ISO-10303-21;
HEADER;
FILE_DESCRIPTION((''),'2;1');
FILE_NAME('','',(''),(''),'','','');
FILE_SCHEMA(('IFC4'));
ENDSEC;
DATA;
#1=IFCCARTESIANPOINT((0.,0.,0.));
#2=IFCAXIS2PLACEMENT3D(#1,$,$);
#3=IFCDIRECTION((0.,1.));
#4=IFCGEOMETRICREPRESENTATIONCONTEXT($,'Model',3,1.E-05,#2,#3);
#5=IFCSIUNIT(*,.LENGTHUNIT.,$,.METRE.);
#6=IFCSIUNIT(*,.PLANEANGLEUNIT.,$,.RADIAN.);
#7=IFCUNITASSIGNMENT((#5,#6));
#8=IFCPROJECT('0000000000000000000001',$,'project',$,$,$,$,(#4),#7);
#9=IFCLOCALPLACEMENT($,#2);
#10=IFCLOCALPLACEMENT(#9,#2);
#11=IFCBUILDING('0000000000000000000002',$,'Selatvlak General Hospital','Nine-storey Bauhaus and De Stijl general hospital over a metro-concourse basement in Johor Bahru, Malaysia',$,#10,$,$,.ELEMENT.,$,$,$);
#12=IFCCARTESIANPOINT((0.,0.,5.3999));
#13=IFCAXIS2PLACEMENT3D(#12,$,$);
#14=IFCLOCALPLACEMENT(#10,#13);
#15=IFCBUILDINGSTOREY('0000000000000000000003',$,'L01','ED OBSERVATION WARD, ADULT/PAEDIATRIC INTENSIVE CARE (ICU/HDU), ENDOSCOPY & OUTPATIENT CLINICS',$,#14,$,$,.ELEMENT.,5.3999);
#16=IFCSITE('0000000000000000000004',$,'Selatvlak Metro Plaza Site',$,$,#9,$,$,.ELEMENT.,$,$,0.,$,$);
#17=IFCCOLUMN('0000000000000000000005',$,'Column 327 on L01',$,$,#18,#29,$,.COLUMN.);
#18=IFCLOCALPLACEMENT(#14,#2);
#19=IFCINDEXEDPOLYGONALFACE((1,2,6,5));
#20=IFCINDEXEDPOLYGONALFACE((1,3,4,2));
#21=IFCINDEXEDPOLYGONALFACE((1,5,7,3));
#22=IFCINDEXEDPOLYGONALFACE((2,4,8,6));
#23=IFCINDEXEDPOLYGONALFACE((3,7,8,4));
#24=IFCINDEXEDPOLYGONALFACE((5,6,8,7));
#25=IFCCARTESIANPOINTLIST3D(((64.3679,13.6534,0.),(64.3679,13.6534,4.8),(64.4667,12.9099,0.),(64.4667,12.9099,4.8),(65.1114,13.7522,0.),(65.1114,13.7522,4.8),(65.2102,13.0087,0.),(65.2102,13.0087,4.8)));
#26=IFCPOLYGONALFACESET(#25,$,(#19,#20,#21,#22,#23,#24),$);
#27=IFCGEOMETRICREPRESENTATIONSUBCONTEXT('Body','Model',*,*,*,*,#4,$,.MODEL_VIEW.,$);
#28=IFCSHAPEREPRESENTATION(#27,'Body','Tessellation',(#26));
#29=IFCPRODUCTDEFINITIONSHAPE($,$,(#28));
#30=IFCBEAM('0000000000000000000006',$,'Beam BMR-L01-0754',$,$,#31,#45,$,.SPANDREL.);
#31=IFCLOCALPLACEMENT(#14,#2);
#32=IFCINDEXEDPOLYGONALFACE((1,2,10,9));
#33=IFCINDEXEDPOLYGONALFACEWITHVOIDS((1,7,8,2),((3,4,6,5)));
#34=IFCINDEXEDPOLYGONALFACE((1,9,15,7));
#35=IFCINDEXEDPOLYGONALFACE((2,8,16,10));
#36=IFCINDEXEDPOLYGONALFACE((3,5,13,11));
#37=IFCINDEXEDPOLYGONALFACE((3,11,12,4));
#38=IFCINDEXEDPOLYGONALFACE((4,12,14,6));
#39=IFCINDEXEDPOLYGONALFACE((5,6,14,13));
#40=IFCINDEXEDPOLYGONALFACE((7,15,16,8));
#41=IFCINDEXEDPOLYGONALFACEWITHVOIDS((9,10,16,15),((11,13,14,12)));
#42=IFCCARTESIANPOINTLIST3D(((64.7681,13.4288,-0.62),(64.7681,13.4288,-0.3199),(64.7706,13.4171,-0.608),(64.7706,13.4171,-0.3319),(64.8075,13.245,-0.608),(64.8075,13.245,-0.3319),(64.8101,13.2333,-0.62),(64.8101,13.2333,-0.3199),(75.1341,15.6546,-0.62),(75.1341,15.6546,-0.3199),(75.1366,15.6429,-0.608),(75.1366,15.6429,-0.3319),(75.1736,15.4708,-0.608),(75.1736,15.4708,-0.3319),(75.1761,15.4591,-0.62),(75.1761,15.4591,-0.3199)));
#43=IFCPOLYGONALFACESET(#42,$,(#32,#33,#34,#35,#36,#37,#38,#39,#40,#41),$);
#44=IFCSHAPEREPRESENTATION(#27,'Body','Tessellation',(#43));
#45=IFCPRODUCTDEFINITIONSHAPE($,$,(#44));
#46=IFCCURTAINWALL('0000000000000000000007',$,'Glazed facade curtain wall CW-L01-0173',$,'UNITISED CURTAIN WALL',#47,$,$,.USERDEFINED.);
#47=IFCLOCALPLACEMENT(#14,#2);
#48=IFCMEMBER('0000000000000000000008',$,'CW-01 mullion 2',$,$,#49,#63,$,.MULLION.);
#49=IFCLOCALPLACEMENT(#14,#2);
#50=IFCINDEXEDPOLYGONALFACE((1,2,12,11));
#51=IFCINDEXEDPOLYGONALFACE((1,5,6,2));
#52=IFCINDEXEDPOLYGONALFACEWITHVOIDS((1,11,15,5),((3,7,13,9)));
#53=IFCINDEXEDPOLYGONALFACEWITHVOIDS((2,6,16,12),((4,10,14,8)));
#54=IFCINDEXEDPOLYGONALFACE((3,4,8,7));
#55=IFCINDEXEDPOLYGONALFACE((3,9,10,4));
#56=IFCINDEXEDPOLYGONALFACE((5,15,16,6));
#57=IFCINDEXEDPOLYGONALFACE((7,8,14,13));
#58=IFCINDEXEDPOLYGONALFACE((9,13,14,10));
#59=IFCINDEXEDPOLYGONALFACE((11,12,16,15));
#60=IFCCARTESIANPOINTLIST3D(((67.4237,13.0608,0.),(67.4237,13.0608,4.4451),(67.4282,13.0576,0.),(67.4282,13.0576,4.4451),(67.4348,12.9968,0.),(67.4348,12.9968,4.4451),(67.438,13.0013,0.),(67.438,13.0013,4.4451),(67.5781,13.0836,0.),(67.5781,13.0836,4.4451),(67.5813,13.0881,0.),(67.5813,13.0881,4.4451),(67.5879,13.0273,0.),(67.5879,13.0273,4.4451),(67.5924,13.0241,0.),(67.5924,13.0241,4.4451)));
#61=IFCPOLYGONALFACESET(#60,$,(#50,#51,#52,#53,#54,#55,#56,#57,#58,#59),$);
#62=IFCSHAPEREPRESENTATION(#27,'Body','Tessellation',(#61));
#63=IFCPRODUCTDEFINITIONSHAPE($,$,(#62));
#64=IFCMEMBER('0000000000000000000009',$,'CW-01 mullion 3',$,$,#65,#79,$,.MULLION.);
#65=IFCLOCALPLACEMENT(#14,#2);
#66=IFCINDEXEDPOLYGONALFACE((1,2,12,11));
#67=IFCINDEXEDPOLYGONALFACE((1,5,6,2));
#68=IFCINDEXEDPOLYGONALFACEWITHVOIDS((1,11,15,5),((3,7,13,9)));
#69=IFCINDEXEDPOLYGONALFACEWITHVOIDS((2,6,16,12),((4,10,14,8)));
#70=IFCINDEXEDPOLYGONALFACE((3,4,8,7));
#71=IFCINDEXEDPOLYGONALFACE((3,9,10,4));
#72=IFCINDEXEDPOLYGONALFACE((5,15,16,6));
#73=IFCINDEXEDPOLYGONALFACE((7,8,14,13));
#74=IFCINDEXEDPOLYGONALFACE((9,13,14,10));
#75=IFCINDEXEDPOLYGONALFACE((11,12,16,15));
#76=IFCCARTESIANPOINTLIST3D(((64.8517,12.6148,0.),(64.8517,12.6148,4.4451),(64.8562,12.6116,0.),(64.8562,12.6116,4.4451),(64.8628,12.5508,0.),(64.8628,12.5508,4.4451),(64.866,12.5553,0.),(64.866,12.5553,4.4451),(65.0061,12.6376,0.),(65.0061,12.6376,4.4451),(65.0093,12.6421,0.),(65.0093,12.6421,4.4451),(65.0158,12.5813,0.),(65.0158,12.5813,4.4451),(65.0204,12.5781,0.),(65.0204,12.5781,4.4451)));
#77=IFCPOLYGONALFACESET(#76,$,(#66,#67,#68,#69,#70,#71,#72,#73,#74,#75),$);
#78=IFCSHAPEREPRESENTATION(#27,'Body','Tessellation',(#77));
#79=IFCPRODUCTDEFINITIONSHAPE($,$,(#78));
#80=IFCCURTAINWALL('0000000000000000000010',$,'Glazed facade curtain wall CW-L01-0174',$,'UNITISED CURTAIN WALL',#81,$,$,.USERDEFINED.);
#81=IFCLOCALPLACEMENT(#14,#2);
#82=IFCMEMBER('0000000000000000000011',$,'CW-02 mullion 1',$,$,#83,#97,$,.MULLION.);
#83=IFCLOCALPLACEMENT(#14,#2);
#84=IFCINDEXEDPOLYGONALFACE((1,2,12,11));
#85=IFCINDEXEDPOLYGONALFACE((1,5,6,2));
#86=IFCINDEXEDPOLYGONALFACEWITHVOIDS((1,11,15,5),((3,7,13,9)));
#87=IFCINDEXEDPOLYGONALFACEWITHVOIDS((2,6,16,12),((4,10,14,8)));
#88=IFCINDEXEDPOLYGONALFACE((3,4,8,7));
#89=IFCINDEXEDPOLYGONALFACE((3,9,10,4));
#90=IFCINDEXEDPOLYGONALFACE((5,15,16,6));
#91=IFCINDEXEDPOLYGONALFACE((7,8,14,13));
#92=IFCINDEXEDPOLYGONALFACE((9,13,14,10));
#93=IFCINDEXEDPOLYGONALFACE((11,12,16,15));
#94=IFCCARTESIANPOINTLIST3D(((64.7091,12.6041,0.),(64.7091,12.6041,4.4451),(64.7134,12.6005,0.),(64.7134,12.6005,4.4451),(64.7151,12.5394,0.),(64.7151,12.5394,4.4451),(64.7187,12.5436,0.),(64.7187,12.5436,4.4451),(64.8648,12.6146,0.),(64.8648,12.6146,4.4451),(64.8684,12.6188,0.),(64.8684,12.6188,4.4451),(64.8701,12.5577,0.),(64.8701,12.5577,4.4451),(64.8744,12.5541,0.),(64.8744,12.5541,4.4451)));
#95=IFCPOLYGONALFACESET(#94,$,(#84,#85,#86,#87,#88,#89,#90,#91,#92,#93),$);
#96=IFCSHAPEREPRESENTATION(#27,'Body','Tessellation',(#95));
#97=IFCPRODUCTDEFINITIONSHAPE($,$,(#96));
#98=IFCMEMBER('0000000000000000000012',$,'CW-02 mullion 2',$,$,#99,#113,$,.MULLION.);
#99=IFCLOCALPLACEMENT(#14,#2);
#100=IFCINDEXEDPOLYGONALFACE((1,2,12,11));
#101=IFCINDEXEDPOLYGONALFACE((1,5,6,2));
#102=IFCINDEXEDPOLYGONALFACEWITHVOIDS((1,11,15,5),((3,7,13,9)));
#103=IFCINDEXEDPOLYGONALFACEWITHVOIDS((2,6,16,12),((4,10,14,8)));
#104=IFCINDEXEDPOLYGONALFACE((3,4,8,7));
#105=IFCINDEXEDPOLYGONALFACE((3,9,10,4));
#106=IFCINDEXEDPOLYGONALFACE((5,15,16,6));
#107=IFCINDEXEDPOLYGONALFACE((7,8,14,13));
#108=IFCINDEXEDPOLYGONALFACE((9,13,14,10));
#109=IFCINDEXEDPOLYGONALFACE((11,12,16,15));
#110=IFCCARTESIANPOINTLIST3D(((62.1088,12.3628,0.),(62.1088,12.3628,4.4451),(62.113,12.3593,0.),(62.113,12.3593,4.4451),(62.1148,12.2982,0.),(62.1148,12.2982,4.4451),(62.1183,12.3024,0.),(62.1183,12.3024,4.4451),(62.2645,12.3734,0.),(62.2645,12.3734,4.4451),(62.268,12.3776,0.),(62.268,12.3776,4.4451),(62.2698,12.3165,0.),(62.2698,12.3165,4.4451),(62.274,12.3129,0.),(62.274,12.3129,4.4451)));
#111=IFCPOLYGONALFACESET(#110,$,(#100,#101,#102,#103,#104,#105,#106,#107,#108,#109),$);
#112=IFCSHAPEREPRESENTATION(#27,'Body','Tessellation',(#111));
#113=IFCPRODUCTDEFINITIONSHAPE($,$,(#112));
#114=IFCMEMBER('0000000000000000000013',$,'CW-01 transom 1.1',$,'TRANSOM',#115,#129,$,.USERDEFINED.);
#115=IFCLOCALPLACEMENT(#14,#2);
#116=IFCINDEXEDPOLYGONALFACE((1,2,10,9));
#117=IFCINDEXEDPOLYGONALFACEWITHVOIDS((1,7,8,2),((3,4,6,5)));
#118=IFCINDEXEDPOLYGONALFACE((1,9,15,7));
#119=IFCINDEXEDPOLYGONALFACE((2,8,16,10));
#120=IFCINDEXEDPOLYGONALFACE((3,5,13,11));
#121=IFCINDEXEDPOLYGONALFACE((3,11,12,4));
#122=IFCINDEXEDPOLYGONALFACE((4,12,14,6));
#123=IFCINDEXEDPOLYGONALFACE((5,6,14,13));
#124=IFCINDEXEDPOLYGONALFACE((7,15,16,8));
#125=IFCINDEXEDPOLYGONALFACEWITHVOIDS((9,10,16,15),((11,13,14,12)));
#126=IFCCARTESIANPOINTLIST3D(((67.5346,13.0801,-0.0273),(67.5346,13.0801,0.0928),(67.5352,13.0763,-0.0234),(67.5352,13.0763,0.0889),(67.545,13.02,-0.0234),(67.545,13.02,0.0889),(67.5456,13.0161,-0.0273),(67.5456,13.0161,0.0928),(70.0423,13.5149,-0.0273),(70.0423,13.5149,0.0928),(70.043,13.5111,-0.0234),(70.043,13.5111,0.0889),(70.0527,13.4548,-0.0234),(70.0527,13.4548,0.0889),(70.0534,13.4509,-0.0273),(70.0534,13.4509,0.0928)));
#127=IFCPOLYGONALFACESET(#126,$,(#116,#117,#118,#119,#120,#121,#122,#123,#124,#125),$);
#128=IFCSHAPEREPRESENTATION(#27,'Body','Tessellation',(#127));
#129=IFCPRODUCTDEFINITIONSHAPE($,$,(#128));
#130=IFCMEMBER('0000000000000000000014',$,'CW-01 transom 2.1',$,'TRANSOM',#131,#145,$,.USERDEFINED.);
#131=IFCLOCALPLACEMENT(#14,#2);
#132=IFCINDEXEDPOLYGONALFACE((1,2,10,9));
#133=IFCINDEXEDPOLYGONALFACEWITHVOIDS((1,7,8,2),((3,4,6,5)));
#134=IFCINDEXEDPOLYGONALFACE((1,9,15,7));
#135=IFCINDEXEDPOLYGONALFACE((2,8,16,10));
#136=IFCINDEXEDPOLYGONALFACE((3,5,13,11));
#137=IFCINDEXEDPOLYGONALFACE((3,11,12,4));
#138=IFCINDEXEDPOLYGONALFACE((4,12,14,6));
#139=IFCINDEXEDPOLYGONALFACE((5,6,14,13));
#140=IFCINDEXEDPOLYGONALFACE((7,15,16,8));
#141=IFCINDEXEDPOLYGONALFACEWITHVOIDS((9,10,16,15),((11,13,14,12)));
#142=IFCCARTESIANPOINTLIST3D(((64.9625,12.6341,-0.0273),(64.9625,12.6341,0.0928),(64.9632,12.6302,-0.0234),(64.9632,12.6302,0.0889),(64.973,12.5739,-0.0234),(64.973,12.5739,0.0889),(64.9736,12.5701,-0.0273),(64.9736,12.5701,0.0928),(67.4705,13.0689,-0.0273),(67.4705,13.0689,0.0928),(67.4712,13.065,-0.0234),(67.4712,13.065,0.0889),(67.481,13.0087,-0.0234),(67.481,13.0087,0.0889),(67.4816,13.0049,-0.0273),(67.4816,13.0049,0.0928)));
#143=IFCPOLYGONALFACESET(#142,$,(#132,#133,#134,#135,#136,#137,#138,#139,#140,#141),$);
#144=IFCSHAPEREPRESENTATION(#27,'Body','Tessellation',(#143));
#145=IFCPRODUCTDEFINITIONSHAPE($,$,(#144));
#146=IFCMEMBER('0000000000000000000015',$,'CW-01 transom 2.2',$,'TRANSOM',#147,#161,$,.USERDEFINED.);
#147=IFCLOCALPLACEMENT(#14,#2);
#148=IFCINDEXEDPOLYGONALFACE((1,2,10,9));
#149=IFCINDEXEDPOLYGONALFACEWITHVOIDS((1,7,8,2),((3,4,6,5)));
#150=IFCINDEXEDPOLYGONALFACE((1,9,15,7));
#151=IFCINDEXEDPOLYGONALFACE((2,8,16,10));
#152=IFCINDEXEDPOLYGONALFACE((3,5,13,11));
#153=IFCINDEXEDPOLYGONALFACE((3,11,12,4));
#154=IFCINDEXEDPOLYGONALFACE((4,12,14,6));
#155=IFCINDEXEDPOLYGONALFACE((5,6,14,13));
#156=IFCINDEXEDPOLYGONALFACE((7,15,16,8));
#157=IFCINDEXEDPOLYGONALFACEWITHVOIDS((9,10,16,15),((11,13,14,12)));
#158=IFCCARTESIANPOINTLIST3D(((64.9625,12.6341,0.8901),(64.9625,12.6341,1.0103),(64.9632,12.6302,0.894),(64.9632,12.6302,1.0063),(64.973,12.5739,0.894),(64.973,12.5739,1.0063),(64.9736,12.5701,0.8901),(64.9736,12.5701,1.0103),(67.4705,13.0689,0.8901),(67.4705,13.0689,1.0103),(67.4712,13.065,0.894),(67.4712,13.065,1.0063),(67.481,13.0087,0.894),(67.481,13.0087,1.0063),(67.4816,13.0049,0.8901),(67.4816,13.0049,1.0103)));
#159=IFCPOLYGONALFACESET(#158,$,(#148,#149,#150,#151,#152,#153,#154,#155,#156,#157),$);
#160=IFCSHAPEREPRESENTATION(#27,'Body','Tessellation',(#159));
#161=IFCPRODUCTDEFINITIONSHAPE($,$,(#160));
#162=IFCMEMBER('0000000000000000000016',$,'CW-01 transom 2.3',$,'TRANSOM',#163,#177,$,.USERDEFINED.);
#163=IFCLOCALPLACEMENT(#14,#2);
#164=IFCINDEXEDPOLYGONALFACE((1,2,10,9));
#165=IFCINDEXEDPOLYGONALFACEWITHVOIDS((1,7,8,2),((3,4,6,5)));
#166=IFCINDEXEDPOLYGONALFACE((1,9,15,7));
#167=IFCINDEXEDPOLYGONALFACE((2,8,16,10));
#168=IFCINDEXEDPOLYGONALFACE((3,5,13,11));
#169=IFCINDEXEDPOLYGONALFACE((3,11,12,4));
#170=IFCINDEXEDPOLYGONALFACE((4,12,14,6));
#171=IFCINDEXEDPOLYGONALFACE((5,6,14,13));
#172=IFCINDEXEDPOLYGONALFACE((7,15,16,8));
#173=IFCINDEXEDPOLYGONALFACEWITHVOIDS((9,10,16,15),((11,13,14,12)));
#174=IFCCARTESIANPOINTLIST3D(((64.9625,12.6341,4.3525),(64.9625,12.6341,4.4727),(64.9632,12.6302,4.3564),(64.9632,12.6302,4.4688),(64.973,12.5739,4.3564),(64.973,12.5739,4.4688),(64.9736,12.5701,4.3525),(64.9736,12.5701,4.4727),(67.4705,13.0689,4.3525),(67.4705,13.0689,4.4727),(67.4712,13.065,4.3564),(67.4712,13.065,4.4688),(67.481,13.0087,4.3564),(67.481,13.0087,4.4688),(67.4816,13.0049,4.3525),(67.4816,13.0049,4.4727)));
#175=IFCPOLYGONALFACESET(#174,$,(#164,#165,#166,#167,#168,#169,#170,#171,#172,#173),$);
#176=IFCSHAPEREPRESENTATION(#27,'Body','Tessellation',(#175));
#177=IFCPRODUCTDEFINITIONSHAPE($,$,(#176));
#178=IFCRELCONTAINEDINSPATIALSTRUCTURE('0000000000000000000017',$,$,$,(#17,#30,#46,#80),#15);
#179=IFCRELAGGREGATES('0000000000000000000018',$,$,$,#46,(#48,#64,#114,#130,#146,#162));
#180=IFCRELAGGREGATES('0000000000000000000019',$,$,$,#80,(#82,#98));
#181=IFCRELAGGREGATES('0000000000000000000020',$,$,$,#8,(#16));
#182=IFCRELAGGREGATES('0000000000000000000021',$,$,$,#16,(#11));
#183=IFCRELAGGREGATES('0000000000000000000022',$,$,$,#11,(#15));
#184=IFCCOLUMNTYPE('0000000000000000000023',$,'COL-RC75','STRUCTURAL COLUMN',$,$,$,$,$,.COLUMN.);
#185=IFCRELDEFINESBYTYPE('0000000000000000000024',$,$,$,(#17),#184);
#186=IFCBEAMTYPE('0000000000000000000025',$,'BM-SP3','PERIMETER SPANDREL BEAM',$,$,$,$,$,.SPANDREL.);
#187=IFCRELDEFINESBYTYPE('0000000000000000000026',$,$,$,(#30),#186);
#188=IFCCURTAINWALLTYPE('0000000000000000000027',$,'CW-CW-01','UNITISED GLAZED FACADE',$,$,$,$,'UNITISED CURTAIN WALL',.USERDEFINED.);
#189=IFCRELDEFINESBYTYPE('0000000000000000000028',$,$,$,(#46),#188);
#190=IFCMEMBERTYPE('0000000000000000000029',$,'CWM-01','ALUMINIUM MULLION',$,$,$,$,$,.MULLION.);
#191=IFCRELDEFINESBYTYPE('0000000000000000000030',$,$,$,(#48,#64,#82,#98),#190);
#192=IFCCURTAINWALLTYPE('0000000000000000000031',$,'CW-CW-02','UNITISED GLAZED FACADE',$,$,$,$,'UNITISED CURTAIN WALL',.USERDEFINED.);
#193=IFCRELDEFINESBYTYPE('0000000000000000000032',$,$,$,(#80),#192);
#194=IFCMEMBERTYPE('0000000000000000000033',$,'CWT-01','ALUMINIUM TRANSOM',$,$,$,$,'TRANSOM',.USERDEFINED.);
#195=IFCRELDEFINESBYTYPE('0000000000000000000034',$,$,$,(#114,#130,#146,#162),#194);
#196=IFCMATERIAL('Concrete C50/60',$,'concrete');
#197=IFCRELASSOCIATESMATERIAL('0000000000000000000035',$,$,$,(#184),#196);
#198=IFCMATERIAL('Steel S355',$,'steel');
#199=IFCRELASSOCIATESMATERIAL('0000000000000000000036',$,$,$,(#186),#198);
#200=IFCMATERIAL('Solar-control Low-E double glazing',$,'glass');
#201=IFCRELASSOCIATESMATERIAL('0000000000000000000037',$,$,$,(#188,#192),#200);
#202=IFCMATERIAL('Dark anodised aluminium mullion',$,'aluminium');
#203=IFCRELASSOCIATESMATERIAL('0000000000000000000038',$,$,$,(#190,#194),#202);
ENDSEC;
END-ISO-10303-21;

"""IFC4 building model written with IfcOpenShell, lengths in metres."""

from ifc_helpers import new_model, si_unit, direction, frame, origin, origin_2d, place, context, subcontext, project, spatial, rectangle, hollow_rectangle, extrude, material, material_profile, profile_set, type_object, element, aggregate, save


model = new_model("IFC4")

# Units and contexts
model_context = context("Model", 3, precision=1e-05, world=origin(), true_north=direction((0.0, 1.0)))
body_context = subcontext(model_context, "Body", "Model", "MODEL_VIEW")
ifc_project = project(units=[si_unit("LENGTHUNIT", "METRE"), si_unit("PLANEANGLEUNIT", "RADIAN")], contexts=[model_context])

# Site, building, storey
site_placement = place(None, origin())
site = spatial("IfcSite", under=ifc_project, at=site_placement, Name="Selatvlak Metro Plaza Site", CompositionType="ELEMENT", RefElevation=0.0)
building_placement = place(site_placement, origin())
building = spatial("IfcBuilding", under=site, at=building_placement, Name="Selatvlak General Hospital", Description="Nine-storey Bauhaus and De Stijl general hospital over a metro-concourse basement in Johor Bahru, Malaysia", CompositionType="ELEMENT")
storey_placement = place(building_placement, frame((0.0, 0.0, 5.3999)))
storey = spatial("IfcBuildingStorey", under=building, at=storey_placement, Name="L01", Description="ED OBSERVATION WARD, ADULT/PAEDIATRIC INTENSIVE CARE (ICU/HDU), ENDOSCOPY & OUTPATIENT CLINICS", CompositionType="ELEMENT", Elevation=5.3999)

# Column
ifc_material_1 = material(Name="Concrete C50/60", Category="concrete")
ifc_material_profile_1 = material_profile(ifc_material_1, rectangle(XDim=0.75, YDim=0.75, at=origin_2d()), Name="RC-COL 750x750")
ifc_profile_set_1 = profile_set([ifc_material_profile_1], Name="Concrete C50/60")
column_type = type_object("IfcColumnType", Name="COL-RC75", Description="STRUCTURAL COLUMN", PredefinedType="COLUMN", material=ifc_profile_set_1)
column_placement = place(storey_placement, frame((64.7891, 13.3311, 0.0), z_axis=(0.0, 0.0, 1.0), x_axis=(-0.131737, 0.991285, 0.0)))
element("IfcColumn", 1, at=column_placement, inside=storey, type_object=column_type, Name="Column 327 on L01", PredefinedType="COLUMN", context=body_context, shape_type="SweptSolid", body=[
    extrude(rectangle(XDim=0.75, YDim=0.75, at=origin_2d()), origin(), (0.0, 0.0, 1.0), 4.8),
])

# Beam
ifc_material_2 = material(Name="Steel S355", Category="steel")
ifc_material_profile_2 = material_profile(ifc_material_2, hollow_rectangle(XDim=0.2, YDim=0.3, WallThickness=0.012, at=origin_2d()), Name="RHS 300x200x12")
ifc_profile_set_2 = profile_set([ifc_material_profile_2], Name="Steel S355")
beam_type = type_object("IfcBeamType", Name="BM-SP3", Description="PERIMETER SPANDREL BEAM", PredefinedType="SPANDREL", material=ifc_profile_set_2)
beam_placement = place(storey_placement, frame((64.7891, 13.3311, -0.47), z_axis=(0.977714, 0.20994, 0.0), x_axis=(-0.20994, 0.977714, 0.0)))
element("IfcBeam", 2, at=beam_placement, inside=storey, type_object=beam_type, Name="Beam BMR-L01-0754", PredefinedType="SPANDREL", context=body_context, shape_type="SweptSolid", body=[
    extrude(hollow_rectangle(XDim=0.2, YDim=0.3, WallThickness=0.012, at=origin_2d()), origin(), (0.0, 0.0, 1.0), 10.6023),
])

# Curtain walls, members
ifc_material_3 = material(Name="Solar-control Low-E double glazing", Category="glass")
curtain_wall_type_1 = type_object("IfcCurtainWallType", Name="CW-CW-01", Description="UNITISED GLAZED FACADE", ElementType="UNITISED CURTAIN WALL", PredefinedType="USERDEFINED", material=ifc_material_3)
curtain_wall_1_placement = place(storey_placement, origin())
curtain_wall_1 = element("IfcCurtainWall", 3, at=curtain_wall_1_placement, inside=storey, type_object=curtain_wall_type_1, Name="Glazed facade curtain wall CW-L01-0173", ObjectType="UNITISED CURTAIN WALL", PredefinedType="USERDEFINED")
ifc_material_4 = material(Name="Dark anodised aluminium mullion", Category="aluminium")
ifc_material_profile_3 = material_profile(ifc_material_4, hollow_rectangle(XDim=0.0649, YDim=0.1599, WallThickness=0.0039, at=origin_2d()), Name="AL-MUL 65x160x4")
ifc_profile_set_3 = profile_set([ifc_material_profile_3], Name="Dark anodised aluminium mullion")
member_type_1 = type_object("IfcMemberType", Name="CWM-01", Description="ALUMINIUM MULLION", PredefinedType="MULLION", material=ifc_profile_set_3)
member_1_placement = place(storey_placement, frame((67.5081, 13.0425, 0.0), z_axis=(0.0, 0.0, 1.0), x_axis=(0.170838, -0.985299, 0.0)))
member_1 = element("IfcMember", 4, at=member_1_placement, type_object=member_type_1, Name="CW-01 mullion 2", PredefinedType="MULLION", context=body_context, shape_type="SweptSolid", body=[
    extrude(hollow_rectangle(XDim=0.0649, YDim=0.1599, WallThickness=0.0039, at=origin_2d()), origin(), (0.0, 0.0, 1.0), 4.4451),
])
member_2_placement = place(storey_placement, frame((64.936, 12.5964, 0.0), z_axis=(0.0, 0.0, 1.0), x_axis=(0.170838, -0.985299, 0.0)))
member_2 = element("IfcMember", 5, at=member_2_placement, type_object=member_type_1, Name="CW-01 mullion 3", PredefinedType="MULLION", context=body_context, shape_type="SweptSolid", body=[
    extrude(hollow_rectangle(XDim=0.0649, YDim=0.1599, WallThickness=0.0039, at=origin_2d()), origin(), (0.0, 0.0, 1.0), 4.4451),
])
curtain_wall_type_2 = type_object("IfcCurtainWallType", Name="CW-CW-02", Description="UNITISED GLAZED FACADE", ElementType="UNITISED CURTAIN WALL", PredefinedType="USERDEFINED", material=ifc_material_3)
curtain_wall_2_placement = place(storey_placement, origin())
curtain_wall_2 = element("IfcCurtainWall", 6, at=curtain_wall_2_placement, inside=storey, type_object=curtain_wall_type_2, Name="Glazed facade curtain wall CW-L01-0174", ObjectType="UNITISED CURTAIN WALL", PredefinedType="USERDEFINED")
member_3_placement = place(storey_placement, frame((64.7917, 12.5791, 0.0), z_axis=(0.0, 0.0, 1.0), x_axis=(0.092292, -0.995732, 0.0)))
member_3 = element("IfcMember", 7, at=member_3_placement, type_object=member_type_1, Name="CW-02 mullion 1", PredefinedType="MULLION", context=body_context, shape_type="SweptSolid", body=[
    extrude(hollow_rectangle(XDim=0.0649, YDim=0.1599, WallThickness=0.0039, at=origin_2d()), origin(), (0.0, 0.0, 1.0), 4.4451),
])
member_4_placement = place(storey_placement, frame((62.1914, 12.3379, 0.0), z_axis=(0.0, 0.0, 1.0), x_axis=(0.092292, -0.995732, 0.0)))
member_4 = element("IfcMember", 8, at=member_4_placement, type_object=member_type_1, Name="CW-02 mullion 2", PredefinedType="MULLION", context=body_context, shape_type="SweptSolid", body=[
    extrude(hollow_rectangle(XDim=0.0649, YDim=0.1599, WallThickness=0.0039, at=origin_2d()), origin(), (0.0, 0.0, 1.0), 4.4451),
])

# Members
ifc_material_profile_4 = material_profile(ifc_material_4, hollow_rectangle(XDim=0.0649, YDim=0.1201, WallThickness=0.0039, at=origin_2d()), Name="AL-TRN 65x120x4")
ifc_profile_set_4 = profile_set([ifc_material_profile_4], Name="Dark anodised aluminium mullion")
member_type_2 = type_object("IfcMemberType", Name="CWT-01", Description="ALUMINIUM TRANSOM", ElementType="TRANSOM", PredefinedType="USERDEFINED", material=ifc_profile_set_4)
member_5_placement = place(storey_placement, frame((70.0479, 13.4829, 0.0327), z_axis=(-0.9853, -0.170835, 0.0), x_axis=(0.170835, -0.9853, 0.0)))
member_5 = element("IfcMember", 9, at=member_5_placement, type_object=member_type_2, Name="CW-01 transom 1.1", ObjectType="TRANSOM", PredefinedType="USERDEFINED", context=body_context, shape_type="SweptSolid", body=[
    extrude(hollow_rectangle(XDim=0.0649, YDim=0.1201, WallThickness=0.0039, at=origin_2d()), origin(), (0.0, 0.0, 1.0), 2.5452),
])
member_6_placement = place(storey_placement, frame((67.4761, 13.0369, 0.0327), z_axis=(-0.985302, -0.170819, 0.0), x_axis=(0.170819, -0.985302, 0.0)))
member_6 = element("IfcMember", 10, at=member_6_placement, type_object=member_type_2, Name="CW-01 transom 2.1", ObjectType="TRANSOM", PredefinedType="USERDEFINED", context=body_context, shape_type="SweptSolid", body=[
    extrude(hollow_rectangle(XDim=0.0649, YDim=0.1201, WallThickness=0.0039, at=origin_2d()), origin(), (0.0, 0.0, 1.0), 2.5454),
])
member_7_placement = place(storey_placement, frame((67.4761, 13.0369, 0.9502), z_axis=(-0.985302, -0.170819, 0.0), x_axis=(0.170819, -0.985302, 0.0)))
member_7 = element("IfcMember", 11, at=member_7_placement, type_object=member_type_2, Name="CW-01 transom 2.2", ObjectType="TRANSOM", PredefinedType="USERDEFINED", context=body_context, shape_type="SweptSolid", body=[
    extrude(hollow_rectangle(XDim=0.0649, YDim=0.1201, WallThickness=0.0039, at=origin_2d()), origin(), (0.0, 0.0, 1.0), 2.5454),
])
member_8_placement = place(storey_placement, frame((67.4761, 13.0369, 4.4126), z_axis=(-0.985302, -0.170819, 0.0), x_axis=(0.170819, -0.985302, 0.0)))
member_8 = element("IfcMember", 12, at=member_8_placement, type_object=member_type_2, Name="CW-01 transom 2.3", ObjectType="TRANSOM", PredefinedType="USERDEFINED", context=body_context, shape_type="SweptSolid", body=[
    extrude(hollow_rectangle(XDim=0.0649, YDim=0.1201, WallThickness=0.0039, at=origin_2d()), origin(), (0.0, 0.0, 1.0), 2.5454),
])

aggregate(curtain_wall_1, [member_1, member_2, member_5, member_6, member_7, member_8])
aggregate(curtain_wall_2, [member_3, member_4])

save(model, "model.ifc")
